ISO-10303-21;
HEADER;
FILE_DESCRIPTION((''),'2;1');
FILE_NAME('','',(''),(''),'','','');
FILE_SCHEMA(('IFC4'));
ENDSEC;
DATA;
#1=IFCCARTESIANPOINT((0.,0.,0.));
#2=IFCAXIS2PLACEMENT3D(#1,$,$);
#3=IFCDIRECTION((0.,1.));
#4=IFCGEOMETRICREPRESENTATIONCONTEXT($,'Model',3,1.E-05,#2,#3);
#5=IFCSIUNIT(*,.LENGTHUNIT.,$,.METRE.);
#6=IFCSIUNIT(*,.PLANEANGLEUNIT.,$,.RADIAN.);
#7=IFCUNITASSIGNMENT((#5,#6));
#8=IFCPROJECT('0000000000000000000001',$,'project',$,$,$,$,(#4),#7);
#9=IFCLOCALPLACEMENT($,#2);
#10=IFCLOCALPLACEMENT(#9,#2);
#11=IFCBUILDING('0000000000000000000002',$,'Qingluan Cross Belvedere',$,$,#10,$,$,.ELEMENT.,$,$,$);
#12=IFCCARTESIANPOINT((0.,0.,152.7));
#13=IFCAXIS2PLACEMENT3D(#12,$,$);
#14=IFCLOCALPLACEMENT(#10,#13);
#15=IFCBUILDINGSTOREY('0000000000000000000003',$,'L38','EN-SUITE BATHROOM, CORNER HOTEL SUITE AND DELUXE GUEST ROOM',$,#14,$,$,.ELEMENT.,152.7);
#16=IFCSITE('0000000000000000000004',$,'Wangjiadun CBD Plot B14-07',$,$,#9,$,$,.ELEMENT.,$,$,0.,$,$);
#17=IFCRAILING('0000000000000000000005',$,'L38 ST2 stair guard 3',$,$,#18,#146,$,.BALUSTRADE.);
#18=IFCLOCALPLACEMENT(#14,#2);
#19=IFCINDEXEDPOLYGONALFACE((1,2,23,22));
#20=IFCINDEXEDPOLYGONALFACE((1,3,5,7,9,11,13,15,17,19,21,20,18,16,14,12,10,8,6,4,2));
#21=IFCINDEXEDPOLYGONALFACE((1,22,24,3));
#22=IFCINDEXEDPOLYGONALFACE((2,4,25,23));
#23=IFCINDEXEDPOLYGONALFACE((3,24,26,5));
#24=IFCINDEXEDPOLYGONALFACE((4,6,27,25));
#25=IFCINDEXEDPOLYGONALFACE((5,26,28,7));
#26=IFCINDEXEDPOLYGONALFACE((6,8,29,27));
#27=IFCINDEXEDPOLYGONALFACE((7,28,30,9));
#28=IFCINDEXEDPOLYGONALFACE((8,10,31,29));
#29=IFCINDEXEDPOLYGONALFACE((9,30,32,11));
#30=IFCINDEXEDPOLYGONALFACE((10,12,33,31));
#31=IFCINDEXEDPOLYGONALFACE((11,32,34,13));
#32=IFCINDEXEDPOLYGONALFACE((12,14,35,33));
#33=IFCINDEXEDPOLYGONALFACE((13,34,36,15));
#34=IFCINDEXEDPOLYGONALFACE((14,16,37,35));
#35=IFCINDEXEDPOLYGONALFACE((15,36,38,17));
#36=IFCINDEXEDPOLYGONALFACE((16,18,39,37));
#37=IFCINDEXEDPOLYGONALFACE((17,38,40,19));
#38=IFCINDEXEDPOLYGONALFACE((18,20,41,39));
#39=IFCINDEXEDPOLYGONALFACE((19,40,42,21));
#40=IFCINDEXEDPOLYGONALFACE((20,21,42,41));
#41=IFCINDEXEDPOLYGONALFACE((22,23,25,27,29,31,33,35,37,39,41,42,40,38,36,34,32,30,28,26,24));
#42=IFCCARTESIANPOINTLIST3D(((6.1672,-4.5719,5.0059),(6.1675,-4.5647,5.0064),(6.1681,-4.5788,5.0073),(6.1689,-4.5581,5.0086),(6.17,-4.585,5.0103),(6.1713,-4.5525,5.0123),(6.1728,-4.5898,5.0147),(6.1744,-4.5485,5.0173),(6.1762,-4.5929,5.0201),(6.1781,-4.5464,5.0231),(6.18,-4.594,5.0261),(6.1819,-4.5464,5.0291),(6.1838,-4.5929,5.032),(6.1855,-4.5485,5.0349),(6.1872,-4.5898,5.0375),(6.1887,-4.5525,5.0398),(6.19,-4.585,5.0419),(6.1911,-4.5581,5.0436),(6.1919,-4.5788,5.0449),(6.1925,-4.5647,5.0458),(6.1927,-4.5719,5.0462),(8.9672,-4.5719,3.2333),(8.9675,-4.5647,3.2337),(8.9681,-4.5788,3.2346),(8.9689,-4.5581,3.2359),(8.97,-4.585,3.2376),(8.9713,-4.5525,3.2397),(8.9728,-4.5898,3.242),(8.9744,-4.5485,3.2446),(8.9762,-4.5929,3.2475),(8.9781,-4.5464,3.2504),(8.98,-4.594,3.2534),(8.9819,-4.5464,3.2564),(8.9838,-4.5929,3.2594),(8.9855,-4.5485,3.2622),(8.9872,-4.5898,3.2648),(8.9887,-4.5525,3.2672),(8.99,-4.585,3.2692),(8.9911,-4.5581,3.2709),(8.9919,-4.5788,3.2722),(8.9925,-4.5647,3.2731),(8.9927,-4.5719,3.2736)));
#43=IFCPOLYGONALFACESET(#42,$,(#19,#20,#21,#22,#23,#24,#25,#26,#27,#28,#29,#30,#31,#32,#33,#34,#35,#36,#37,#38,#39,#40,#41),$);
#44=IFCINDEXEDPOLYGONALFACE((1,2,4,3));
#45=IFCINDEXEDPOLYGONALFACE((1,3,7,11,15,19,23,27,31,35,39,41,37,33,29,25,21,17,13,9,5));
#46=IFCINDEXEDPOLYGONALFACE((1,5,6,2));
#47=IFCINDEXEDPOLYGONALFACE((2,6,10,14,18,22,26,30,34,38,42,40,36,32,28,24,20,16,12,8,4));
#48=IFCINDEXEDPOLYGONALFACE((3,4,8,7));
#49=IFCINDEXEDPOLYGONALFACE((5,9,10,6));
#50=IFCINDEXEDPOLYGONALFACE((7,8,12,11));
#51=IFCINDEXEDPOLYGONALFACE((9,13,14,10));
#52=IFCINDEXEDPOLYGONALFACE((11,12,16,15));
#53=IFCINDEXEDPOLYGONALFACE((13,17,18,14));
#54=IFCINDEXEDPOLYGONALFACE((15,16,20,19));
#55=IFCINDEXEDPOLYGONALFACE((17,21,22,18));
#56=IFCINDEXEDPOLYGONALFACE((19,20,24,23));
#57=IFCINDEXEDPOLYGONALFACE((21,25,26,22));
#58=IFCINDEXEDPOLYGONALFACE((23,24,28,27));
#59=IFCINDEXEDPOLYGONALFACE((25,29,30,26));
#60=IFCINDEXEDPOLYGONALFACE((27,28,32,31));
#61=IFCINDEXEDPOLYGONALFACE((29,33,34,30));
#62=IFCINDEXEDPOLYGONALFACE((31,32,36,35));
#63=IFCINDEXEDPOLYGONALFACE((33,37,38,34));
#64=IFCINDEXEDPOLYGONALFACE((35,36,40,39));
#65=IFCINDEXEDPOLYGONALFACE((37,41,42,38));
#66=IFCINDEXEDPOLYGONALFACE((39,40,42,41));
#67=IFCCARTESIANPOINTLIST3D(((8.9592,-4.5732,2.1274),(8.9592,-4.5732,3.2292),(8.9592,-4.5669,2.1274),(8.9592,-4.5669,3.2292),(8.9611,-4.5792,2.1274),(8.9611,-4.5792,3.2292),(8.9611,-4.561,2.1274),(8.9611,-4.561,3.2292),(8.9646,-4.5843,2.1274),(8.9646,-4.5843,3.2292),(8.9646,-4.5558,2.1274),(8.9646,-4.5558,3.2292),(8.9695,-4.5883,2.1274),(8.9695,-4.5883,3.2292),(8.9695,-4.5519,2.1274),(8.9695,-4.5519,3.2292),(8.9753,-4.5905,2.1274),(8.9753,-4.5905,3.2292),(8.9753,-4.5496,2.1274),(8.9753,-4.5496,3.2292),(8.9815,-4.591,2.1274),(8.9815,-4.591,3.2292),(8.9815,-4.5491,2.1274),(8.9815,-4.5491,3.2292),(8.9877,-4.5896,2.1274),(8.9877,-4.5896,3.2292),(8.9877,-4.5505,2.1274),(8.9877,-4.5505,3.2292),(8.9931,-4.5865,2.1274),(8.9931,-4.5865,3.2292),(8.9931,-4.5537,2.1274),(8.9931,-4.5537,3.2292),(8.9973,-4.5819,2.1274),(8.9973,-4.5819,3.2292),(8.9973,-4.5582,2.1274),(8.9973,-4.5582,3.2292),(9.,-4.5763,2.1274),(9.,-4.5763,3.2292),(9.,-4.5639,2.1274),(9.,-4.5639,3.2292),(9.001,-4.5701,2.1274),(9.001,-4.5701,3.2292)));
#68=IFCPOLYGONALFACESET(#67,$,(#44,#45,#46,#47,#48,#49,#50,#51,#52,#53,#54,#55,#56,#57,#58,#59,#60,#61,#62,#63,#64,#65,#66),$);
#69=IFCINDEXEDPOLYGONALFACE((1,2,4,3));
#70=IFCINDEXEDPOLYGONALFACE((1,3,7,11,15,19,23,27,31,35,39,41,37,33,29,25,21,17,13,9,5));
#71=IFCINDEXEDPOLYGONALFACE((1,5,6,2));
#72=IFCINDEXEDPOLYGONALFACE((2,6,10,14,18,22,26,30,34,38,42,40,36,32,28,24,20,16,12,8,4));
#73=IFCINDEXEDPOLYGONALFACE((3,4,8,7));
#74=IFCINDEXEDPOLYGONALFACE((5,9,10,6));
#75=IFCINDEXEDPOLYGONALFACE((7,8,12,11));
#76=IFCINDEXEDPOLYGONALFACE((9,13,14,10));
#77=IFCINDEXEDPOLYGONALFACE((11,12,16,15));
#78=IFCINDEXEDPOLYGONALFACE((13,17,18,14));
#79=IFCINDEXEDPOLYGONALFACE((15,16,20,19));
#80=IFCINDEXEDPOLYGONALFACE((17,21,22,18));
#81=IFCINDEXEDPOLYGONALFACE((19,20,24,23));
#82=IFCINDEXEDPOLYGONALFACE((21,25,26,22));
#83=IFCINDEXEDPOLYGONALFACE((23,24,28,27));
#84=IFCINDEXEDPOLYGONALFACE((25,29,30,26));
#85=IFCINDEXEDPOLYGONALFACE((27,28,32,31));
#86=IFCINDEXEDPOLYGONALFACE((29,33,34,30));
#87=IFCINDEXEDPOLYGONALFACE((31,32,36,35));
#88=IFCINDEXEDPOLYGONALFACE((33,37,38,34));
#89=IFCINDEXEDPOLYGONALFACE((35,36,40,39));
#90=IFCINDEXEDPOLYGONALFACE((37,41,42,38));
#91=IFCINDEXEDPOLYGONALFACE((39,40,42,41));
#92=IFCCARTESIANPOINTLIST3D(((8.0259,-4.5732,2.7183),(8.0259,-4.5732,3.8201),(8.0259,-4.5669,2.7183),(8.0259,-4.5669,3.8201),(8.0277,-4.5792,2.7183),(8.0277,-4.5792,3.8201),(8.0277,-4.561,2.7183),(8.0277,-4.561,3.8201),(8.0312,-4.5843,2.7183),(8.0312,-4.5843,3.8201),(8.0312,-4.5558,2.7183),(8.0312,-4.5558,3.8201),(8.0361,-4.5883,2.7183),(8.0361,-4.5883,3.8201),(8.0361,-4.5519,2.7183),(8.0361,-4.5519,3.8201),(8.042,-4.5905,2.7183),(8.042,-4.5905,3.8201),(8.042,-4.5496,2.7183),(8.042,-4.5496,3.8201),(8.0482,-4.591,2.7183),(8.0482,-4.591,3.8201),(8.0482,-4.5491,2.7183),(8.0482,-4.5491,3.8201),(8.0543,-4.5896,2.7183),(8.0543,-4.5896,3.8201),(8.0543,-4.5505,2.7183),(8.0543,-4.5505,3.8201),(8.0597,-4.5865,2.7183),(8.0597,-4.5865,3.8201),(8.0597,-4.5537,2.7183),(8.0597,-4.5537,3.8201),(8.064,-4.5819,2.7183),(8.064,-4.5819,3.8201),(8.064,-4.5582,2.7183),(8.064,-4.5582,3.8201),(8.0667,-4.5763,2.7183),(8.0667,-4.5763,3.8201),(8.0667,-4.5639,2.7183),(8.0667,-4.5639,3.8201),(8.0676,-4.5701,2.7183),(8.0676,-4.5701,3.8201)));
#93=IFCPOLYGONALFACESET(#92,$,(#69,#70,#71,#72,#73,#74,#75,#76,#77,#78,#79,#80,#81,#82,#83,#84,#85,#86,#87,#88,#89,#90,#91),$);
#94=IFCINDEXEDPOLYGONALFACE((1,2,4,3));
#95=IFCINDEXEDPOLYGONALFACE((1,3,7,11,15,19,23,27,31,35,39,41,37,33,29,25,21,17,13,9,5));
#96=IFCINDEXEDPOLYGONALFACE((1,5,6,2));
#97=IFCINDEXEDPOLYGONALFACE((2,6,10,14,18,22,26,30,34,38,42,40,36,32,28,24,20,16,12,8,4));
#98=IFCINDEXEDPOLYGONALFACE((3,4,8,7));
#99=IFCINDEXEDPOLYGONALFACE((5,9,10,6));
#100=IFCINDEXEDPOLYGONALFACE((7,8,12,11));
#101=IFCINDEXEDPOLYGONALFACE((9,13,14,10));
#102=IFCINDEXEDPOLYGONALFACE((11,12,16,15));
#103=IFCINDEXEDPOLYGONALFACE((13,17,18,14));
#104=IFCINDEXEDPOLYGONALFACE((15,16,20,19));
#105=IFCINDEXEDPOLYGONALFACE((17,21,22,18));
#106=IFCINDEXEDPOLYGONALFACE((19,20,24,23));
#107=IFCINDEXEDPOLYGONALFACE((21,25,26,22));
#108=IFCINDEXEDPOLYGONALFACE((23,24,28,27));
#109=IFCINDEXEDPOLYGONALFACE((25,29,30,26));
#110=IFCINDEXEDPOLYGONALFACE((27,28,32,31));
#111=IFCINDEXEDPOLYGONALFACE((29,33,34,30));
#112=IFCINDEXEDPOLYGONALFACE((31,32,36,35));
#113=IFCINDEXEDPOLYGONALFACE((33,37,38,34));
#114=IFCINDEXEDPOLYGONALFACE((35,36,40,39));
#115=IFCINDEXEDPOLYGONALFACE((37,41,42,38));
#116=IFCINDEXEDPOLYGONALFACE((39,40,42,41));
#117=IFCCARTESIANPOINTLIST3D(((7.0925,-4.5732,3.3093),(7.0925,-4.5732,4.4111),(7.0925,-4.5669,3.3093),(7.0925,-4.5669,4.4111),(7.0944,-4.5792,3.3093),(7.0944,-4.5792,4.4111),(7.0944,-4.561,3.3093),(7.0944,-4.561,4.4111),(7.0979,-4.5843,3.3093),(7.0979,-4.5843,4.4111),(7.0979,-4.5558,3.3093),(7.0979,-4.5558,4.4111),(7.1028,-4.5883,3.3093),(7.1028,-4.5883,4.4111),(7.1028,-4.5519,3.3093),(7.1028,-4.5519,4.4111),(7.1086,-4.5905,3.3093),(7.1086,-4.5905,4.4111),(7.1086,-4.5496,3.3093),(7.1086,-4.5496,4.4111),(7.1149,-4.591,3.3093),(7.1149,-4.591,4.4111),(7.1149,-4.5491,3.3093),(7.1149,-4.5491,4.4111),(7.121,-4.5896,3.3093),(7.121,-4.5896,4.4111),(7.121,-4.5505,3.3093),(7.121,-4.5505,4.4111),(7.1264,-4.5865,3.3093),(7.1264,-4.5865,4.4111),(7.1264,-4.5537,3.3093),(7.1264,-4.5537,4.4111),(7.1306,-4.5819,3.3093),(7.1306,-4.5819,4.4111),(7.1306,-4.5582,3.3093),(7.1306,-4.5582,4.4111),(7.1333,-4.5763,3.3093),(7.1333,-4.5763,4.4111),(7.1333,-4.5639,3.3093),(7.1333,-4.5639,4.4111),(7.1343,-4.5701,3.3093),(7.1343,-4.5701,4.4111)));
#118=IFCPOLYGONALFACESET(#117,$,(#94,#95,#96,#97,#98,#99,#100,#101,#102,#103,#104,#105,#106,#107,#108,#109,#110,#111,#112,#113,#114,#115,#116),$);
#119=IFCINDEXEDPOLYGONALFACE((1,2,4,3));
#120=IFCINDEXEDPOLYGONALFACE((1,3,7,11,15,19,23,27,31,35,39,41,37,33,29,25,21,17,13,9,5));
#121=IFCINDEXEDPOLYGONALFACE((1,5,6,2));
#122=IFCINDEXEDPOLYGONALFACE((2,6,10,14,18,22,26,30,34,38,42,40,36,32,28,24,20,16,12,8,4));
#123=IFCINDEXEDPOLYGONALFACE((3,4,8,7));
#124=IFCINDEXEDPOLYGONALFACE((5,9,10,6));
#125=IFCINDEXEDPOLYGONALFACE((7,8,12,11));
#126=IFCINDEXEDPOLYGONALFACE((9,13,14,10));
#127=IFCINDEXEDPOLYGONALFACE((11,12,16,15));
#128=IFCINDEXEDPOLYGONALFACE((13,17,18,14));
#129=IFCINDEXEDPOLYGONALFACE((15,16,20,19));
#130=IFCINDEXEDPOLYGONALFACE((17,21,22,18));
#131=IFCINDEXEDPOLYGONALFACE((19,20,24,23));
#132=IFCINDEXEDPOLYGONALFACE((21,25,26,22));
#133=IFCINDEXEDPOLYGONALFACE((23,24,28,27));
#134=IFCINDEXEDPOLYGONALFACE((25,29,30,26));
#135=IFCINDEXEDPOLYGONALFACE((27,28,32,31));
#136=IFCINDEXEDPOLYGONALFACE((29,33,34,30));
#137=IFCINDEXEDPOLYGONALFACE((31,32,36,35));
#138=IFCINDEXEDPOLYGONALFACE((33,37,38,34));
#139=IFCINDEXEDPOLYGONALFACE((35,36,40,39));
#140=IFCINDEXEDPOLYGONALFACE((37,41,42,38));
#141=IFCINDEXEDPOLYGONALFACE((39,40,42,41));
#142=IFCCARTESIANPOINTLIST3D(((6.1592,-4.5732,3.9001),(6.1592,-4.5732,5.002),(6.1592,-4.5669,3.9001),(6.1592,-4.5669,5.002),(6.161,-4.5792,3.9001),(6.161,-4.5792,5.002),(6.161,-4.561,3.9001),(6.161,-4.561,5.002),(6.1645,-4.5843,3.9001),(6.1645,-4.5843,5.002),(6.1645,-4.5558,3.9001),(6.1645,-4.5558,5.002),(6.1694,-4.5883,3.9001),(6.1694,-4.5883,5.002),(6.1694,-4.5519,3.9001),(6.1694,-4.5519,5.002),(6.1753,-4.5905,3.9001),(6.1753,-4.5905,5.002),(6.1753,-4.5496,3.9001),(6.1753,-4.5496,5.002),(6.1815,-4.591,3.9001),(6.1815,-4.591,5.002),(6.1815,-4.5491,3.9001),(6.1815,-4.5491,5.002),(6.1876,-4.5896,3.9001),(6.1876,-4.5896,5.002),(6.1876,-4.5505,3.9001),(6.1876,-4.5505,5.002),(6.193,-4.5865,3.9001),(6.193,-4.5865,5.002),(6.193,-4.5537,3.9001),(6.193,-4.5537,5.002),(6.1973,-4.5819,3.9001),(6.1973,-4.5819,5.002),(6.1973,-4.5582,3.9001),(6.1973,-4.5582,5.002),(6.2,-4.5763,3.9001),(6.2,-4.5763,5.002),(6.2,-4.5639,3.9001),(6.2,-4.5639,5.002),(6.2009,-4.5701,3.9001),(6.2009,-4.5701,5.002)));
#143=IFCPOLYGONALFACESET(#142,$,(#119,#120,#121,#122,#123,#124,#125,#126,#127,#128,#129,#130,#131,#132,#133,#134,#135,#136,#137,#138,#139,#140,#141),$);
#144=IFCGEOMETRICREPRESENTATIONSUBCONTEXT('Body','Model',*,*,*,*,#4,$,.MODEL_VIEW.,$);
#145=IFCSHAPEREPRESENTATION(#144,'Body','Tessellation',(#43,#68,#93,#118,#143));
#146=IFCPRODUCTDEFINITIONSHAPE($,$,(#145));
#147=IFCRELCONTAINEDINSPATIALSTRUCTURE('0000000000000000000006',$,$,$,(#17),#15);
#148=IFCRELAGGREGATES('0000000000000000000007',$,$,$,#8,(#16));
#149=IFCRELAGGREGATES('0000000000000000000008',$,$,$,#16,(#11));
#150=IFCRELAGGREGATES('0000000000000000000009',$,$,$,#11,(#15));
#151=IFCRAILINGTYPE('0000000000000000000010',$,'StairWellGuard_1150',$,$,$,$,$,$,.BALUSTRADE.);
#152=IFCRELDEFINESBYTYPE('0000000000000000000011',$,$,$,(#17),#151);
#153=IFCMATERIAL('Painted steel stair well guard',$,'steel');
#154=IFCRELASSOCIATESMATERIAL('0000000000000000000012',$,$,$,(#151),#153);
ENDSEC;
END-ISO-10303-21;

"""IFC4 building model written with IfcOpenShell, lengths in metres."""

from ifc_helpers import new_model, si_unit, direction, frame, origin, origin_2d, place, context, subcontext, project, spatial, circle, extrude, material, type_object, element, save


model = new_model("IFC4")

# Units and contexts
model_context = context("Model", 3, precision=1e-05, world=origin(), true_north=direction((0.0, 1.0)))
body_context = subcontext(model_context, "Body", "Model", "MODEL_VIEW")
ifc_project = project(units=[si_unit("LENGTHUNIT", "METRE"), si_unit("PLANEANGLEUNIT", "RADIAN")], contexts=[model_context])

# Site, building, storey
site_placement = place(None, origin())
site = spatial("IfcSite", under=ifc_project, at=site_placement, Name="Wangjiadun CBD Plot B14-07", CompositionType="ELEMENT", RefElevation=0.0)
building_placement = place(site_placement, origin())
building = spatial("IfcBuilding", under=site, at=building_placement, Name="Qingluan Cross Belvedere", CompositionType="ELEMENT")
storey_placement = place(building_placement, frame((0.0, 0.0, 152.7)))
storey = spatial("IfcBuildingStorey", under=building, at=storey_placement, Name="L38", Description="EN-SUITE BATHROOM, CORNER HOTEL SUITE AND DELUXE GUEST ROOM", CompositionType="ELEMENT", Elevation=152.7)

# Railing
ifc_material_1 = material(Name="Painted steel stair well guard", Category="steel")
railing_type_1 = type_object("IfcRailingType", Name="StairWellGuard_1150", PredefinedType="BALUSTRADE", material=ifc_material_1)
railing_1_placement = place(storey_placement, frame((8.98, -4.5701, 2.1274)))
element("IfcRailing", 1, at=railing_1_placement, inside=storey, type_object=railing_type_1, Name="L38 ST2 stair guard 3", PredefinedType="BALUSTRADE", context=body_context, shape_type="SweptSolid", body=[
    extrude(circle(Radius=0.0239, at=origin_2d()), frame((0.0, 0.0, 1.126), z_axis=(-0.844909, 0.0, 0.53491), x_axis=(0.0, -1.0, 0.0)), (0.0, 0.0, 1.0), 3.314),
    extrude(circle(Radius=0.021, at=origin_2d()), origin(), (0.0, 0.0, 1.0), 1.1018),
    extrude(circle(Radius=0.021, at=origin_2d()), frame((-0.9333, 0.0, 0.5908)), (0.0, 0.0, 1.0), 1.1018),
    extrude(circle(Radius=0.021, at=origin_2d()), frame((-1.8667, 0.0, 1.1819)), (0.0, 0.0, 1.0), 1.1018),
    extrude(circle(Radius=0.021, at=origin_2d()), frame((-2.8, 0.0, 1.7727)), (0.0, 0.0, 1.0), 1.1018),
])

save(model, "model.ifc")
